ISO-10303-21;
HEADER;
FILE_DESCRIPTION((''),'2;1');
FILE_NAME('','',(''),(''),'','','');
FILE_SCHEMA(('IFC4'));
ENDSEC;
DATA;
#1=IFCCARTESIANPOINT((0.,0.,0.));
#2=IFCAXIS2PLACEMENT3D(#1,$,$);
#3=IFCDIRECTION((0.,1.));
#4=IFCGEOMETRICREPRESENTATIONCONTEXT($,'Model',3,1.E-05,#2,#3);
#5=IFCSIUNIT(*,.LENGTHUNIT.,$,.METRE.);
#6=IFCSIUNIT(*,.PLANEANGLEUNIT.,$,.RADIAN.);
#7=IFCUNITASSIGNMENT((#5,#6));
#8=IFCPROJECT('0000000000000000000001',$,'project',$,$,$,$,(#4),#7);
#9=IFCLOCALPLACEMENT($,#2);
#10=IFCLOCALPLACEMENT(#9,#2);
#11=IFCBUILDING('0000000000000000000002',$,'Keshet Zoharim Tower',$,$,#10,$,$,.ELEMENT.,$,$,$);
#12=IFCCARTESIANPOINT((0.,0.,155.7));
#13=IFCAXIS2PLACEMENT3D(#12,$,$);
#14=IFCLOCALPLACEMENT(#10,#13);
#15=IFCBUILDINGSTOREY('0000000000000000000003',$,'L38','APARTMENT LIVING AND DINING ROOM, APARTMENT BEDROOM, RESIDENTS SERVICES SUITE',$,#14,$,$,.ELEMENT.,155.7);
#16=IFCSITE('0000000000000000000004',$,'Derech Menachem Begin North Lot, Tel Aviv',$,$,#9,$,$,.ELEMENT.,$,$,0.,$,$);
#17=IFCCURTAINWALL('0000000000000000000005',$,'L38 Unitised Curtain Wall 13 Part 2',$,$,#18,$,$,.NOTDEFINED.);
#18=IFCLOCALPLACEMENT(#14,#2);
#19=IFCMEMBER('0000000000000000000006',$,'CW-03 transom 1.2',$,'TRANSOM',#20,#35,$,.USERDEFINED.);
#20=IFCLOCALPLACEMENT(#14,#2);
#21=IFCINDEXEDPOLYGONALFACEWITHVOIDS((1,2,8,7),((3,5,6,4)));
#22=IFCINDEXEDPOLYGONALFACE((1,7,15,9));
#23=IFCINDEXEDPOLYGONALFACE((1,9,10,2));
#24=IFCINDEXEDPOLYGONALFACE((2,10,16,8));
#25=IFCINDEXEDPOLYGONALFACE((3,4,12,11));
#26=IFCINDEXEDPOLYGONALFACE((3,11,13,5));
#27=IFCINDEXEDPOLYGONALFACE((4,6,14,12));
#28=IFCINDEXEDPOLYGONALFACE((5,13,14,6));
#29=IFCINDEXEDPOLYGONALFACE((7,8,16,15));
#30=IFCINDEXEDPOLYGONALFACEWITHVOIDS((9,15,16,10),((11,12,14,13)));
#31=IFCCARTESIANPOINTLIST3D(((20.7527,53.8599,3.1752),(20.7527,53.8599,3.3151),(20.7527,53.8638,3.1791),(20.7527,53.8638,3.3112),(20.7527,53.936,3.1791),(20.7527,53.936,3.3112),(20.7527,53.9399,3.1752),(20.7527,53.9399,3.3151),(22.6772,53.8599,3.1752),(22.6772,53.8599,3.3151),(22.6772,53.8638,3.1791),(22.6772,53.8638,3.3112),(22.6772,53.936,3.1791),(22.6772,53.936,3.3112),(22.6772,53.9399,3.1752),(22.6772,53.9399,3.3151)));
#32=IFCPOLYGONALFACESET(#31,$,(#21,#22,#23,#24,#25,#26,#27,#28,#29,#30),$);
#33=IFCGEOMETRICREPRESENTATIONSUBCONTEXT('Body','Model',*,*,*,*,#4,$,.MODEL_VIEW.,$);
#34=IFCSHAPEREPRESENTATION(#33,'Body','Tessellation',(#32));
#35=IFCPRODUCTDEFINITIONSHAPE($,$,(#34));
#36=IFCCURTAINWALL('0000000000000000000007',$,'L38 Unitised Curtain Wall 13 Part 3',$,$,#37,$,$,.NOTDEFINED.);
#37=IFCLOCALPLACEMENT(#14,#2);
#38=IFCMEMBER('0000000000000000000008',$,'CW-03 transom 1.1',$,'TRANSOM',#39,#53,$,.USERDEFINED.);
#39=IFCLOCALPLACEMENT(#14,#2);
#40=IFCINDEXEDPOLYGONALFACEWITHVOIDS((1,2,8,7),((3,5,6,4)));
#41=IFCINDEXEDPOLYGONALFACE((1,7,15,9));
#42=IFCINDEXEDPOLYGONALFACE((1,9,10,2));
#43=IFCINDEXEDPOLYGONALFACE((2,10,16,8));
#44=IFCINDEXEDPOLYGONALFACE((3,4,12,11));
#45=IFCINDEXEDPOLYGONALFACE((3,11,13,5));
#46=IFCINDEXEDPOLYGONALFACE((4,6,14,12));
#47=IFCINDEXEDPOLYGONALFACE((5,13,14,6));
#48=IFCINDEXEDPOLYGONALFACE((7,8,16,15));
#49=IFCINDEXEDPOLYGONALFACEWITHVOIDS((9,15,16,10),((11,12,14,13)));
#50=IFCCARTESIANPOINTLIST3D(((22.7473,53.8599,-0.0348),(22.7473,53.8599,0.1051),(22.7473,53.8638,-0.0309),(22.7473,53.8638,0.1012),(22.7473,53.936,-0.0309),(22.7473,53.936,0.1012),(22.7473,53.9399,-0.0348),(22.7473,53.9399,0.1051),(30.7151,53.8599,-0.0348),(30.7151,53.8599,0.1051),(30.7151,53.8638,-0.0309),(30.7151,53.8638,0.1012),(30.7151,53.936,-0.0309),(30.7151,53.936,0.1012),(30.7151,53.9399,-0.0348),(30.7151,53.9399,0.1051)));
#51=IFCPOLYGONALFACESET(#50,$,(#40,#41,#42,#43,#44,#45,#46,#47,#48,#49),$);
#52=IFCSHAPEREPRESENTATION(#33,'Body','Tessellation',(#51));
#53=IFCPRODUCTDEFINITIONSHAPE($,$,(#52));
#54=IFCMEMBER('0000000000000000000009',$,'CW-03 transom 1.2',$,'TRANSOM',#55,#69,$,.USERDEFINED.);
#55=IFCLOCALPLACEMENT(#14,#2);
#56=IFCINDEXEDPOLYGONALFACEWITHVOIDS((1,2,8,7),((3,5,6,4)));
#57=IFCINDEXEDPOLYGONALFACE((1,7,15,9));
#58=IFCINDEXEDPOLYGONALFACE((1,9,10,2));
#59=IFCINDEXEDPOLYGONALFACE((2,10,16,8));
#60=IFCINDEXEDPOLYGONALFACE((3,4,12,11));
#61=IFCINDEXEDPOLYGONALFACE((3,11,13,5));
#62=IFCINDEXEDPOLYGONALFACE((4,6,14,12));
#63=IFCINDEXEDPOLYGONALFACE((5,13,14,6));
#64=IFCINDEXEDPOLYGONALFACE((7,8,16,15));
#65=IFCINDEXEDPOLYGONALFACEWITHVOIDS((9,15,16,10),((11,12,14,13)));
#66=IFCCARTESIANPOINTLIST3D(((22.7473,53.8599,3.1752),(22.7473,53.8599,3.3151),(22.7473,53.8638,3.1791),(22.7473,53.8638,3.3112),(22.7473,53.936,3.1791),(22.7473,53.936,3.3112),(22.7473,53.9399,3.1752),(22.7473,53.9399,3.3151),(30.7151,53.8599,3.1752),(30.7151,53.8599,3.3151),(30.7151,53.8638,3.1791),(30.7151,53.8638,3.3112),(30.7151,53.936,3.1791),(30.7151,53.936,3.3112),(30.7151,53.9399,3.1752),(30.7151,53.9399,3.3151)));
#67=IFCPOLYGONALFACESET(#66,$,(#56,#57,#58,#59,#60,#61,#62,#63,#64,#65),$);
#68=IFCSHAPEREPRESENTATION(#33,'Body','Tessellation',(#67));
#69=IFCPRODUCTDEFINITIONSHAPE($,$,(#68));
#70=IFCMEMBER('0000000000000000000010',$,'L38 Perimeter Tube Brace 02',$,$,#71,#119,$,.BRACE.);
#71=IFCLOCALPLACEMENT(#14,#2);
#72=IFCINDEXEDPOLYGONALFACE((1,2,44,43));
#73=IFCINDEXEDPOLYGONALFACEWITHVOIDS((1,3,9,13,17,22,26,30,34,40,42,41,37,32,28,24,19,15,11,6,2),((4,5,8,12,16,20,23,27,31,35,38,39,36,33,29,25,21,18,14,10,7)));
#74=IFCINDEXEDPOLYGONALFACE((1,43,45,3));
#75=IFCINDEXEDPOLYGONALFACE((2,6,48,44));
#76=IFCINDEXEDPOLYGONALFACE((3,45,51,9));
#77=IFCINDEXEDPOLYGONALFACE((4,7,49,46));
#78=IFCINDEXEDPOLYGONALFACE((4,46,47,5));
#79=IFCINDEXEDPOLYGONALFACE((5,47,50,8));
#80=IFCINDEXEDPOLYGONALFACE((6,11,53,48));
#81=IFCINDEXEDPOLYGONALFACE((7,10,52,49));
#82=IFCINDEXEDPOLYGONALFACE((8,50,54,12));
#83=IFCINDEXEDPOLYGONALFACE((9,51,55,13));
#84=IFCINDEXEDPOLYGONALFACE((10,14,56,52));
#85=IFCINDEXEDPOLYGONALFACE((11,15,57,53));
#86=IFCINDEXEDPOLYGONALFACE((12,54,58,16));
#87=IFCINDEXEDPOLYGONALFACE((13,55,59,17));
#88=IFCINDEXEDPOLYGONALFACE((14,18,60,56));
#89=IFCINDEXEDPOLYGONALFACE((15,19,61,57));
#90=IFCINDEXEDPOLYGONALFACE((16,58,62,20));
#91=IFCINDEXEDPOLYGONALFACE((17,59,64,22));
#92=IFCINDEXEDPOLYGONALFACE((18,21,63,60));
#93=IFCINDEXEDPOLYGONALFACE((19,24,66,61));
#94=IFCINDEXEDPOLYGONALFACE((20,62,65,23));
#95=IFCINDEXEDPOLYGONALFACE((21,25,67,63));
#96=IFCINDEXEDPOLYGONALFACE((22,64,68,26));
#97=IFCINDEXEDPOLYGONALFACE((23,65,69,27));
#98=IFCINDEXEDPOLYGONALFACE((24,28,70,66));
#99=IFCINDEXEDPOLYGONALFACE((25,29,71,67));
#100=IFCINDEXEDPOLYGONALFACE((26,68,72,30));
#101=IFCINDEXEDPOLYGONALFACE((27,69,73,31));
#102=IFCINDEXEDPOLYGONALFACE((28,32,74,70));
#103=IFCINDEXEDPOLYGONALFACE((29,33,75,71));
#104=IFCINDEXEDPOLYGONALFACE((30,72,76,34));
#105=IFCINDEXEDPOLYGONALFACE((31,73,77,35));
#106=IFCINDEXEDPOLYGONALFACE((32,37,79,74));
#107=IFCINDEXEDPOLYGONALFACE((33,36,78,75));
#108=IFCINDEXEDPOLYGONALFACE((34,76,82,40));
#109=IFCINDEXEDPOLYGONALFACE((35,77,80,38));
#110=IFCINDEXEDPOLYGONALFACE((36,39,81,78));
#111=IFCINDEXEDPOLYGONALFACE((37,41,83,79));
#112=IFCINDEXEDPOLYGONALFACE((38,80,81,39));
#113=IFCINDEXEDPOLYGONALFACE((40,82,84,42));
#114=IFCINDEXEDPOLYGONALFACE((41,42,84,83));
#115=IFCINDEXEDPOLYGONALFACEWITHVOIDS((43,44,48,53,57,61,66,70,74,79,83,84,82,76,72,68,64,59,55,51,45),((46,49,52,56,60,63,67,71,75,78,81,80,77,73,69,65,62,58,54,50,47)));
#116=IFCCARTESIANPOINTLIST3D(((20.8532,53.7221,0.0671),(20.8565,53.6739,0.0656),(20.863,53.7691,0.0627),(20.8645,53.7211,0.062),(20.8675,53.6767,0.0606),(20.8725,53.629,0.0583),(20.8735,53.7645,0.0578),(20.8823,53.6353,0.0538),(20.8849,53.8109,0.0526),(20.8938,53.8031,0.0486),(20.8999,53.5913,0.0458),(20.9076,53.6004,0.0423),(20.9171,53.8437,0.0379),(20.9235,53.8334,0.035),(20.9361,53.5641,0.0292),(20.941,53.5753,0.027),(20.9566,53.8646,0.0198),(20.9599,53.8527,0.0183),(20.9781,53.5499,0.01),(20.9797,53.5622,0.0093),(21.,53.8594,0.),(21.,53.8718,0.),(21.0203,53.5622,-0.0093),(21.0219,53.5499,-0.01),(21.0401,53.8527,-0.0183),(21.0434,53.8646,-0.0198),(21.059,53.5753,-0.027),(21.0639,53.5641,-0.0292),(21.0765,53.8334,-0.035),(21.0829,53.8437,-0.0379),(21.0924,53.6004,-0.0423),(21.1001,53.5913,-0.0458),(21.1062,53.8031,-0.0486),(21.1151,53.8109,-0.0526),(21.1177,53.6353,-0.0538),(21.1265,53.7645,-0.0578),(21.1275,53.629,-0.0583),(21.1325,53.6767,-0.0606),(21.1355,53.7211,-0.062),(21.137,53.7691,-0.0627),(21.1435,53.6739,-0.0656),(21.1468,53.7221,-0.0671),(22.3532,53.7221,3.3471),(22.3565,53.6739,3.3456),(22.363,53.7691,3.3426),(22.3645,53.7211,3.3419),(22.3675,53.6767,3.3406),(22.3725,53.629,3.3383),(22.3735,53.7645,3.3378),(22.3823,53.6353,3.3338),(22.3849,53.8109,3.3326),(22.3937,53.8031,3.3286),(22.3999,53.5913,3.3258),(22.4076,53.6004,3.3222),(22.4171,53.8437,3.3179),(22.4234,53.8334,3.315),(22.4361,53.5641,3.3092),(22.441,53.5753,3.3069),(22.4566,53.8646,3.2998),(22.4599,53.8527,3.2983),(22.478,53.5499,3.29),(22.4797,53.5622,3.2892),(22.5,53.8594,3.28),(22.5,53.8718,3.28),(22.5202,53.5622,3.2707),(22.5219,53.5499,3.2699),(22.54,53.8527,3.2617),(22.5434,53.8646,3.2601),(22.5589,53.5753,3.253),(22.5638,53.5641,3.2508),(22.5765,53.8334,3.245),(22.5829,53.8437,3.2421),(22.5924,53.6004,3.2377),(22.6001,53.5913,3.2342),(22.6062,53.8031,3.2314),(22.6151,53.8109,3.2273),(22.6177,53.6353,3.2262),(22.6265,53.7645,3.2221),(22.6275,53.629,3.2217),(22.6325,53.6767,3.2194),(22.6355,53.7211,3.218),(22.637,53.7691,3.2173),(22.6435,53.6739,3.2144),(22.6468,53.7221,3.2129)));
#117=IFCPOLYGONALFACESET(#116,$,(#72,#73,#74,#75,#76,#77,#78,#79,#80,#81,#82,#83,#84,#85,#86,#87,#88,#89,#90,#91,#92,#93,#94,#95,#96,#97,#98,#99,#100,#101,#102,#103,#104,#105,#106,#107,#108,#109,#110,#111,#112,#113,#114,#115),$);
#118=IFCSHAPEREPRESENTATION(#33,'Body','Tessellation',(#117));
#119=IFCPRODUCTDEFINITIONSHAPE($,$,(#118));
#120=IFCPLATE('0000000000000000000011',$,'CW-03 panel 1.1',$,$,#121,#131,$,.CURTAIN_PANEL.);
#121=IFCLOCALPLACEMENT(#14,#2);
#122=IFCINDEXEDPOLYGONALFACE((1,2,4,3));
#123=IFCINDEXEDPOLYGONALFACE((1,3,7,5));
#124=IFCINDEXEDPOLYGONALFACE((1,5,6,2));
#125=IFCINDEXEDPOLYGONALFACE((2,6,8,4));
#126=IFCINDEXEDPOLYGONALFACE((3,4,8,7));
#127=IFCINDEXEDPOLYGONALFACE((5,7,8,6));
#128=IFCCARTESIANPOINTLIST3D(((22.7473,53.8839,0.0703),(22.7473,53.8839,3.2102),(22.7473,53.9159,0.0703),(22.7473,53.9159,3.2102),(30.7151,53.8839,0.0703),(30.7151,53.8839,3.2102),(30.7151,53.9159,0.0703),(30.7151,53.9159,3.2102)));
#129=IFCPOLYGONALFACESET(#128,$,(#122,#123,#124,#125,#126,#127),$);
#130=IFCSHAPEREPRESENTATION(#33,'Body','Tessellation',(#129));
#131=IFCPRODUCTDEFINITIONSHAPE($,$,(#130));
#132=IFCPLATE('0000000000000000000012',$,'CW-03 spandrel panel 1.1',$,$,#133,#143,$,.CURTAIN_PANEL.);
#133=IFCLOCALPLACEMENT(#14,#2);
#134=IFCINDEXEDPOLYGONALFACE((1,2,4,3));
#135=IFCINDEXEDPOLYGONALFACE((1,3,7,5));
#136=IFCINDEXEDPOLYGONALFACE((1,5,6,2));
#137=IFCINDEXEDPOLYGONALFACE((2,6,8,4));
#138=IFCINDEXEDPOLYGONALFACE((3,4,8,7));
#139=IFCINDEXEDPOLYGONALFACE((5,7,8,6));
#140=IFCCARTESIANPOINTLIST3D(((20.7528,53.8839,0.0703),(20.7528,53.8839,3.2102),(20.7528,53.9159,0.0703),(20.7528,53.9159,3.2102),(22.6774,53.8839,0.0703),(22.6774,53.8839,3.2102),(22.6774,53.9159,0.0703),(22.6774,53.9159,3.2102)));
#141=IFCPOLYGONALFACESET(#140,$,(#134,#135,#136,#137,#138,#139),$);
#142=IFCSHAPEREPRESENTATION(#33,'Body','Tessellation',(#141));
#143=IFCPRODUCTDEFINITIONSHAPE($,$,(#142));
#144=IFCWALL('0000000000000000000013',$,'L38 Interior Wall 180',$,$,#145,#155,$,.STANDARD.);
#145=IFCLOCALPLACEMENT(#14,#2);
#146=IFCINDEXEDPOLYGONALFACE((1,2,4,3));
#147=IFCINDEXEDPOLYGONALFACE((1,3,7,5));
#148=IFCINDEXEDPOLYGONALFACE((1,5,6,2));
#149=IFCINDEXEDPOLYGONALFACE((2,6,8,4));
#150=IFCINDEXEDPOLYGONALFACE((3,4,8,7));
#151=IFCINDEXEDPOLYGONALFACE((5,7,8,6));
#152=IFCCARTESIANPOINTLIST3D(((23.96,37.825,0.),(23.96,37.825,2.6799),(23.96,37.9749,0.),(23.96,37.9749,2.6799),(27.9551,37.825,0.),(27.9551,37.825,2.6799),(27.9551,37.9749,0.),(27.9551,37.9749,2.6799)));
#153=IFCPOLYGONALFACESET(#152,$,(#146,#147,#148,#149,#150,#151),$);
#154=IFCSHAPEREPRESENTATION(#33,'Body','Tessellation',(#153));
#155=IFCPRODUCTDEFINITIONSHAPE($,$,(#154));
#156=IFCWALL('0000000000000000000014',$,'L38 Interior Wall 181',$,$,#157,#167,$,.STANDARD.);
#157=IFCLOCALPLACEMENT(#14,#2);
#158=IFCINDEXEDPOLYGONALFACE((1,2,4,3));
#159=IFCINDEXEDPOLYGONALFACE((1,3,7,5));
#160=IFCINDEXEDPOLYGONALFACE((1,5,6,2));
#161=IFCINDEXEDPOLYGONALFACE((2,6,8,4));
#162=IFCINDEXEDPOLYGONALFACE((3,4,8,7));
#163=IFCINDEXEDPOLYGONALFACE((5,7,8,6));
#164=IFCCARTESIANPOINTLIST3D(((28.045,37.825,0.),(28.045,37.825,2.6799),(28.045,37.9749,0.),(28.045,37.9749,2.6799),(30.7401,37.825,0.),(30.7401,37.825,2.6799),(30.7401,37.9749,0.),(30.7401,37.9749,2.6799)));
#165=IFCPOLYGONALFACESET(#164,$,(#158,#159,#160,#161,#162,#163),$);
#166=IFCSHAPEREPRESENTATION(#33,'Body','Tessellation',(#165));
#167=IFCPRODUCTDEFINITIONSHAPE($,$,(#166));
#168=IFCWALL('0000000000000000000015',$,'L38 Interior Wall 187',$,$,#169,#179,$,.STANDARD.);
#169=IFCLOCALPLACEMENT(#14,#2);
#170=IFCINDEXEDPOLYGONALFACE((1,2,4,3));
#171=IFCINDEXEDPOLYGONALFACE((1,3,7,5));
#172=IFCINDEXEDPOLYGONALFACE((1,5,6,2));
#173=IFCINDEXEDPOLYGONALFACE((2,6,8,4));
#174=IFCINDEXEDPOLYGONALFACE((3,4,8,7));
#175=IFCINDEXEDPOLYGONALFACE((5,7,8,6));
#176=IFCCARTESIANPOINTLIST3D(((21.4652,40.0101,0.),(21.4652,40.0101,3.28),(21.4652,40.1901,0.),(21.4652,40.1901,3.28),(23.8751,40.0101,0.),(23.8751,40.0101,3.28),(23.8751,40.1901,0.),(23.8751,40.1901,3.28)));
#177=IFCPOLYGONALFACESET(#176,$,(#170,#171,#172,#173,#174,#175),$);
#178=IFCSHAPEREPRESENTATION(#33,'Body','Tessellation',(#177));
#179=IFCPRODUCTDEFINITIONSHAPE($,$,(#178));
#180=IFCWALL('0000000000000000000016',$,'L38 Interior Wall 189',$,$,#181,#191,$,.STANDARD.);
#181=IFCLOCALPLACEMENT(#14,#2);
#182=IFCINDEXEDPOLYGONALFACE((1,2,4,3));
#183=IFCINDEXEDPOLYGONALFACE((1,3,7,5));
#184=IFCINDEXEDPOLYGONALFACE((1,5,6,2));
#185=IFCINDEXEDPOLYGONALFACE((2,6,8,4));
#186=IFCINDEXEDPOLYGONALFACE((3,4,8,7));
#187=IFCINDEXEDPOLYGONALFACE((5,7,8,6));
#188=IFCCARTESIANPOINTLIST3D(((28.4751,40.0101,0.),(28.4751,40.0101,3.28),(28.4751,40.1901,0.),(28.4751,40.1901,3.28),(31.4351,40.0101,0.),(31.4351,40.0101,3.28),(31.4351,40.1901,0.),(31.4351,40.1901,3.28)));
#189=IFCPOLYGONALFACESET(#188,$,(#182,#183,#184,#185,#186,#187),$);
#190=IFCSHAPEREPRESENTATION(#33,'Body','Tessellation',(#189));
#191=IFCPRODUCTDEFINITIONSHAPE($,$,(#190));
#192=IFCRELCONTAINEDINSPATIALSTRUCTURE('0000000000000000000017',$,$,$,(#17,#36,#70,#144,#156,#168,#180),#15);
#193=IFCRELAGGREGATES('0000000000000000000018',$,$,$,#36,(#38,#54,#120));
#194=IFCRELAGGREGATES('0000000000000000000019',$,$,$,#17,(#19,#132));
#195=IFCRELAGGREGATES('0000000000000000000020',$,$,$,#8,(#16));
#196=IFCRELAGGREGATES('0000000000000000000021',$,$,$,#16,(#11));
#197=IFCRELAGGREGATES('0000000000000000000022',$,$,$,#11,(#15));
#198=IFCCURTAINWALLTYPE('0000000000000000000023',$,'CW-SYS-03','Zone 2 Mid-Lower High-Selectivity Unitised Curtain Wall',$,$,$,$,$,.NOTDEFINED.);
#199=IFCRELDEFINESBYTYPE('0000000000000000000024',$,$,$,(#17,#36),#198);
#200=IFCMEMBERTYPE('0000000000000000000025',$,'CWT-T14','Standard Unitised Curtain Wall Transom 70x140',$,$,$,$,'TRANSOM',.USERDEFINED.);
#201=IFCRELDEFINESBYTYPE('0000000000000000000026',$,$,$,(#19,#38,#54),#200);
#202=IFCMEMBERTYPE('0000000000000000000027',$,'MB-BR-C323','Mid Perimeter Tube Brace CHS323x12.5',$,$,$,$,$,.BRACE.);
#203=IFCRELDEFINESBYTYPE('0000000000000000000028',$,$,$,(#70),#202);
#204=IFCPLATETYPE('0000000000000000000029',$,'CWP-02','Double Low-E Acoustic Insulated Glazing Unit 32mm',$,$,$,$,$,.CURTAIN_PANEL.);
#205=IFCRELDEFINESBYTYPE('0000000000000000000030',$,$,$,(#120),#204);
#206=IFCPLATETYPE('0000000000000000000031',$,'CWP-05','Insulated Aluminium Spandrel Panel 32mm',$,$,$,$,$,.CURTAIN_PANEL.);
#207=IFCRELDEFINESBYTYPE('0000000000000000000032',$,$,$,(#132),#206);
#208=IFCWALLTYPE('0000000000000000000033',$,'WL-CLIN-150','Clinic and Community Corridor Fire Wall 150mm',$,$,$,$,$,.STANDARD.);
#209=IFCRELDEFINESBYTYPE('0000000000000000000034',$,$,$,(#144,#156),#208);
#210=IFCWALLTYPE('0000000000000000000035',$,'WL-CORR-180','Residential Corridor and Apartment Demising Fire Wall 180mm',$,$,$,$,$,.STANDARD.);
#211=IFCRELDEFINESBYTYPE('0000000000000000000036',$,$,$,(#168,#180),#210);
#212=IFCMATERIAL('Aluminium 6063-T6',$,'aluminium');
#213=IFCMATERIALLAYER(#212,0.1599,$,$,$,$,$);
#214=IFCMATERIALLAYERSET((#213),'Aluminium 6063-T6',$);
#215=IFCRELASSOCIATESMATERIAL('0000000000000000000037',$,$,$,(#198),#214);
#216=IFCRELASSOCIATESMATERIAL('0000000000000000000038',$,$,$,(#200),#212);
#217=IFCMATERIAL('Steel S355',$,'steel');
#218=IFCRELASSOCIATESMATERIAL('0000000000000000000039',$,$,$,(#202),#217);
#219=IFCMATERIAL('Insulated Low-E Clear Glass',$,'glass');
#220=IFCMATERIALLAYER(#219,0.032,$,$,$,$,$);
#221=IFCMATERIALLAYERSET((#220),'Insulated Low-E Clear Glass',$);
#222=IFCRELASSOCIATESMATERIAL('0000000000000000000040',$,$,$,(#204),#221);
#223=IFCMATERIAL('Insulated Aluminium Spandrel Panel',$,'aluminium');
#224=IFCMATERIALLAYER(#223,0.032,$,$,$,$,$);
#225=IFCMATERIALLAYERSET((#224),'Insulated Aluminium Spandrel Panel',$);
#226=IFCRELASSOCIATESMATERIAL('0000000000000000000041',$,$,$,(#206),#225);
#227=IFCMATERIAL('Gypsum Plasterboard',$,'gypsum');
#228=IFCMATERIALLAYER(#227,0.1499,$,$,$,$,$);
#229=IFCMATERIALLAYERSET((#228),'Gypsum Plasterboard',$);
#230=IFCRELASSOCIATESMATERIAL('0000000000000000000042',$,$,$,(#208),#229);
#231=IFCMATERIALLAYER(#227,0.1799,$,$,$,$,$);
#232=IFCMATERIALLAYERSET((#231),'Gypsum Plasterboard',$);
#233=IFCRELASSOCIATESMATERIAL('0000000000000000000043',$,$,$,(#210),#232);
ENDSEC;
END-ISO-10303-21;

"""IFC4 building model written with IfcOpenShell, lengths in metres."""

from ifc_helpers import new_model, si_unit, direction, frame, frame_2d, origin, origin_2d, place, context, subcontext, project, spatial, rectangle, hollow_rectangle, hollow_circle, extrude, material, layer, layer_set, material_profile, profile_set, type_object, element, aggregate, save


model = new_model("IFC4")

# Units and contexts
model_context = context("Model", 3, precision=1e-05, world=origin(), true_north=direction((0.0, 1.0)))
body_context = subcontext(model_context, "Body", "Model", "MODEL_VIEW")
ifc_project = project(units=[si_unit("LENGTHUNIT", "METRE"), si_unit("PLANEANGLEUNIT", "RADIAN")], contexts=[model_context])

# Site, building, storey
site_placement = place(None, origin())
site = spatial("IfcSite", under=ifc_project, at=site_placement, Name="Derech Menachem Begin North Lot, Tel Aviv", CompositionType="ELEMENT", RefElevation=0.0)
building_placement = place(site_placement, origin())
building = spatial("IfcBuilding", under=site, at=building_placement, Name="Keshet Zoharim Tower", CompositionType="ELEMENT")
storey_placement = place(building_placement, frame((0.0, 0.0, 155.7)))
storey = spatial("IfcBuildingStorey", under=building, at=storey_placement, Name="L38", Description="APARTMENT LIVING AND DINING ROOM, APARTMENT BEDROOM, RESIDENTS SERVICES SUITE", CompositionType="ELEMENT", Elevation=155.7)

# Shared definitions
ifc_material_1 = material(Name="Steel S355", Category="steel")

# Curtain walls, members
ifc_material_2 = material(Name="Aluminium 6063-T6", Category="aluminium")
ifc_layer_1 = layer(ifc_material_2, 0.1599)
ifc_layer_set_1 = layer_set([ifc_layer_1], Name="Aluminium 6063-T6")
curtain_wall_type = type_object("IfcCurtainWallType", Name="CW-SYS-03", Description="Zone 2 Mid-Lower High-Selectivity Unitised Curtain Wall", PredefinedType="NOTDEFINED", material=ifc_layer_set_1)
curtain_wall_1_placement = place(storey_placement, origin())
curtain_wall_1 = element("IfcCurtainWall", 1, at=curtain_wall_1_placement, inside=storey, type_object=curtain_wall_type, Name="L38 Unitised Curtain Wall 13 Part 2", PredefinedType="NOTDEFINED")
ifc_material_profile_1 = material_profile(ifc_material_2, hollow_rectangle(XDim=0.0801, YDim=0.1399, WallThickness=0.0039, at=origin_2d()), Name="TRN-80x140")
ifc_profile_set_1 = profile_set([ifc_material_profile_1], Name="Aluminium 6063-T6")
member_type_1 = type_object("IfcMemberType", Name="CWT-T14", Description="Standard Unitised Curtain Wall Transom 70x140", ElementType="TRANSOM", PredefinedType="USERDEFINED", material=ifc_profile_set_1)
member_1_placement = place(storey_placement, frame((20.7527, 53.8999, 3.2451), z_axis=(1.0, 0.0, 0.0), x_axis=(0.0, 1.0, 0.0)))
member_1 = element("IfcMember", 2, at=member_1_placement, type_object=member_type_1, Name="CW-03 transom 1.2", ObjectType="TRANSOM", PredefinedType="USERDEFINED", context=body_context, shape_type="SweptSolid", body=[
    extrude(hollow_rectangle(XDim=0.0801, YDim=0.1399, WallThickness=0.0039, at=origin_2d()), origin(), (0.0, 0.0, 1.0), 1.9246),
])
curtain_wall_2_placement = place(storey_placement, origin())
curtain_wall_2 = element("IfcCurtainWall", 3, at=curtain_wall_2_placement, inside=storey, type_object=curtain_wall_type, Name="L38 Unitised Curtain Wall 13 Part 3", PredefinedType="NOTDEFINED")
member_2_placement = place(storey_placement, frame((22.7473, 53.8999, 0.0352), z_axis=(1.0, 0.0, 0.0), x_axis=(0.0, 1.0, 0.0)))
member_2 = element("IfcMember", 4, at=member_2_placement, type_object=member_type_1, Name="CW-03 transom 1.1", ObjectType="TRANSOM", PredefinedType="USERDEFINED", context=body_context, shape_type="SweptSolid", body=[
    extrude(hollow_rectangle(XDim=0.0801, YDim=0.1399, WallThickness=0.0039, at=origin_2d()), origin(), (0.0, 0.0, 1.0), 7.9678),
])
member_3_placement = place(storey_placement, frame((22.7473, 53.8999, 3.2451), z_axis=(1.0, 0.0, 0.0), x_axis=(0.0, 1.0, 0.0)))
member_3 = element("IfcMember", 5, at=member_3_placement, type_object=member_type_1, Name="CW-03 transom 1.2", ObjectType="TRANSOM", PredefinedType="USERDEFINED", context=body_context, shape_type="SweptSolid", body=[
    extrude(hollow_rectangle(XDim=0.0801, YDim=0.1399, WallThickness=0.0039, at=origin_2d()), origin(), (0.0, 0.0, 1.0), 7.9678),
])

# Member
ifc_material_profile_2 = material_profile(ifc_material_1, hollow_circle(Radius=0.1619, WallThickness=0.0125, at=origin_2d()), Name="CHS323x12.5")
ifc_profile_set_2 = profile_set([ifc_material_profile_2], Name="Steel S355")
member_type_2 = type_object("IfcMemberType", Name="MB-BR-C323", Description="Mid Perimeter Tube Brace CHS323x12.5", PredefinedType="BRACE", material=ifc_profile_set_2)
member_4_placement = place(storey_placement, frame((21.0, 53.71, 0.0), z_axis=(0.415888, 0.0, 0.909416), x_axis=(0.0, 1.0, 0.0)))
element("IfcMember", 6, at=member_4_placement, inside=storey, type_object=member_type_2, Name="L38 Perimeter Tube Brace 02", PredefinedType="BRACE", context=body_context, shape_type="SweptSolid", body=[
    extrude(hollow_circle(Radius=0.1619, WallThickness=0.0125, at=origin_2d()), origin(), (0.0, 0.0, 1.0), 3.6067),
])

# Plates
ifc_material_3 = material(Name="Insulated Low-E Clear Glass", Category="glass")
ifc_layer_2 = layer(ifc_material_3, 0.032)
ifc_layer_set_2 = layer_set([ifc_layer_2], Name="Insulated Low-E Clear Glass")
plate_type_1 = type_object("IfcPlateType", Name="CWP-02", Description="Double Low-E Acoustic Insulated Glazing Unit 32mm", PredefinedType="CURTAIN_PANEL", material=ifc_layer_set_2)
plate_1_placement = place(storey_placement, frame((26.7312, 53.8999, 0.0703), z_axis=(0.0, 0.0, 1.0), x_axis=(1.0, 0.0, 0.0)))
plate_1 = element("IfcPlate", 7, at=plate_1_placement, type_object=plate_type_1, Name="CW-03 panel 1.1", PredefinedType="CURTAIN_PANEL", context=body_context, shape_type="SweptSolid", body=[
    extrude(rectangle(XDim=7.9678, YDim=0.032, at=origin_2d()), origin(), (0.0, 0.0, 1.0), 3.1399),
])
aggregate(curtain_wall_2, [member_2, member_3, plate_1])
ifc_material_4 = material(Name="Insulated Aluminium Spandrel Panel", Category="aluminium")
ifc_layer_3 = layer(ifc_material_4, 0.032)
ifc_layer_set_3 = layer_set([ifc_layer_3], Name="Insulated Aluminium Spandrel Panel")
plate_type_2 = type_object("IfcPlateType", Name="CWP-05", Description="Insulated Aluminium Spandrel Panel 32mm", PredefinedType="CURTAIN_PANEL", material=ifc_layer_set_3)
plate_2_placement = place(storey_placement, frame((21.7151, 53.8999, 0.0703), z_axis=(0.0, 0.0, 1.0), x_axis=(1.0, 0.0, 0.0)))
plate_2 = element("IfcPlate", 8, at=plate_2_placement, type_object=plate_type_2, Name="CW-03 spandrel panel 1.1", PredefinedType="CURTAIN_PANEL", context=body_context, shape_type="SweptSolid", body=[
    extrude(rectangle(XDim=1.9246, YDim=0.032, at=origin_2d()), origin(), (0.0, 0.0, 1.0), 3.1399),
])
aggregate(curtain_wall_1, [member_1, plate_2])

# Walls
ifc_material_5 = material(Name="Gypsum Plasterboard", Category="gypsum")
ifc_layer_4 = layer(ifc_material_5, 0.1499)
ifc_layer_set_4 = layer_set([ifc_layer_4], Name="Gypsum Plasterboard")
wall_type_1 = type_object("IfcWallType", Name="WL-CLIN-150", Description="Clinic and Community Corridor Fire Wall 150mm", PredefinedType="STANDARD", material=ifc_layer_set_4)
wall_1_placement = place(storey_placement, frame((23.96, 37.8999, 0.0), z_axis=(0.0, 0.0, 1.0), x_axis=(1.0, 0.0, 0.0)))
element("IfcWall", 9, at=wall_1_placement, inside=storey, type_object=wall_type_1, Name="L38 Interior Wall 180", PredefinedType="STANDARD", context=body_context, shape_type="SweptSolid", body=[
    extrude(rectangle(XDim=3.9951, YDim=0.1499, at=frame_2d((1.9976, 0.0))), origin(), (0.0, 0.0, 1.0), 2.6799),
])
wall_2_placement = place(storey_placement, frame((28.0449, 37.8999, 0.0), z_axis=(0.0, 0.0, 1.0), x_axis=(1.0, 0.0, 0.0)))
element("IfcWall", 10, at=wall_2_placement, inside=storey, type_object=wall_type_1, Name="L38 Interior Wall 181", PredefinedType="STANDARD", context=body_context, shape_type="SweptSolid", body=[
    extrude(rectangle(XDim=2.6951, YDim=0.1499, at=frame_2d((1.3477, 0.0))), origin(), (0.0, 0.0, 1.0), 2.6799),
])
ifc_layer_5 = layer(ifc_material_5, 0.1799)
ifc_layer_set_5 = layer_set([ifc_layer_5], Name="Gypsum Plasterboard")
wall_type_2 = type_object("IfcWallType", Name="WL-CORR-180", Description="Residential Corridor and Apartment Demising Fire Wall 180mm", PredefinedType="STANDARD", material=ifc_layer_set_5)
wall_3_placement = place(storey_placement, frame((21.4651, 40.1001, 0.0), z_axis=(0.0, 0.0, 1.0), x_axis=(1.0, 0.0, 0.0)))
element("IfcWall", 11, at=wall_3_placement, inside=storey, type_object=wall_type_2, Name="L38 Interior Wall 187", PredefinedType="STANDARD", context=body_context, shape_type="SweptSolid", body=[
    extrude(rectangle(XDim=2.4099, YDim=0.1799, at=frame_2d((1.2051, 0.0))), origin(), (0.0, 0.0, 1.0), 3.28),
])

# Wall
wall_4_placement = place(storey_placement, frame((28.4751, 40.1001, 0.0), z_axis=(0.0, 0.0, 1.0), x_axis=(1.0, 0.0, 0.0)))
element("IfcWall", 12, at=wall_4_placement, inside=storey, type_object=wall_type_2, Name="L38 Interior Wall 189", PredefinedType="STANDARD", context=body_context, shape_type="SweptSolid", body=[
    extrude(rectangle(XDim=2.96, YDim=0.1799, at=frame_2d((1.48, 0.0))), origin(), (0.0, 0.0, 1.0), 3.28),
])

save(model, "model.ifc")
